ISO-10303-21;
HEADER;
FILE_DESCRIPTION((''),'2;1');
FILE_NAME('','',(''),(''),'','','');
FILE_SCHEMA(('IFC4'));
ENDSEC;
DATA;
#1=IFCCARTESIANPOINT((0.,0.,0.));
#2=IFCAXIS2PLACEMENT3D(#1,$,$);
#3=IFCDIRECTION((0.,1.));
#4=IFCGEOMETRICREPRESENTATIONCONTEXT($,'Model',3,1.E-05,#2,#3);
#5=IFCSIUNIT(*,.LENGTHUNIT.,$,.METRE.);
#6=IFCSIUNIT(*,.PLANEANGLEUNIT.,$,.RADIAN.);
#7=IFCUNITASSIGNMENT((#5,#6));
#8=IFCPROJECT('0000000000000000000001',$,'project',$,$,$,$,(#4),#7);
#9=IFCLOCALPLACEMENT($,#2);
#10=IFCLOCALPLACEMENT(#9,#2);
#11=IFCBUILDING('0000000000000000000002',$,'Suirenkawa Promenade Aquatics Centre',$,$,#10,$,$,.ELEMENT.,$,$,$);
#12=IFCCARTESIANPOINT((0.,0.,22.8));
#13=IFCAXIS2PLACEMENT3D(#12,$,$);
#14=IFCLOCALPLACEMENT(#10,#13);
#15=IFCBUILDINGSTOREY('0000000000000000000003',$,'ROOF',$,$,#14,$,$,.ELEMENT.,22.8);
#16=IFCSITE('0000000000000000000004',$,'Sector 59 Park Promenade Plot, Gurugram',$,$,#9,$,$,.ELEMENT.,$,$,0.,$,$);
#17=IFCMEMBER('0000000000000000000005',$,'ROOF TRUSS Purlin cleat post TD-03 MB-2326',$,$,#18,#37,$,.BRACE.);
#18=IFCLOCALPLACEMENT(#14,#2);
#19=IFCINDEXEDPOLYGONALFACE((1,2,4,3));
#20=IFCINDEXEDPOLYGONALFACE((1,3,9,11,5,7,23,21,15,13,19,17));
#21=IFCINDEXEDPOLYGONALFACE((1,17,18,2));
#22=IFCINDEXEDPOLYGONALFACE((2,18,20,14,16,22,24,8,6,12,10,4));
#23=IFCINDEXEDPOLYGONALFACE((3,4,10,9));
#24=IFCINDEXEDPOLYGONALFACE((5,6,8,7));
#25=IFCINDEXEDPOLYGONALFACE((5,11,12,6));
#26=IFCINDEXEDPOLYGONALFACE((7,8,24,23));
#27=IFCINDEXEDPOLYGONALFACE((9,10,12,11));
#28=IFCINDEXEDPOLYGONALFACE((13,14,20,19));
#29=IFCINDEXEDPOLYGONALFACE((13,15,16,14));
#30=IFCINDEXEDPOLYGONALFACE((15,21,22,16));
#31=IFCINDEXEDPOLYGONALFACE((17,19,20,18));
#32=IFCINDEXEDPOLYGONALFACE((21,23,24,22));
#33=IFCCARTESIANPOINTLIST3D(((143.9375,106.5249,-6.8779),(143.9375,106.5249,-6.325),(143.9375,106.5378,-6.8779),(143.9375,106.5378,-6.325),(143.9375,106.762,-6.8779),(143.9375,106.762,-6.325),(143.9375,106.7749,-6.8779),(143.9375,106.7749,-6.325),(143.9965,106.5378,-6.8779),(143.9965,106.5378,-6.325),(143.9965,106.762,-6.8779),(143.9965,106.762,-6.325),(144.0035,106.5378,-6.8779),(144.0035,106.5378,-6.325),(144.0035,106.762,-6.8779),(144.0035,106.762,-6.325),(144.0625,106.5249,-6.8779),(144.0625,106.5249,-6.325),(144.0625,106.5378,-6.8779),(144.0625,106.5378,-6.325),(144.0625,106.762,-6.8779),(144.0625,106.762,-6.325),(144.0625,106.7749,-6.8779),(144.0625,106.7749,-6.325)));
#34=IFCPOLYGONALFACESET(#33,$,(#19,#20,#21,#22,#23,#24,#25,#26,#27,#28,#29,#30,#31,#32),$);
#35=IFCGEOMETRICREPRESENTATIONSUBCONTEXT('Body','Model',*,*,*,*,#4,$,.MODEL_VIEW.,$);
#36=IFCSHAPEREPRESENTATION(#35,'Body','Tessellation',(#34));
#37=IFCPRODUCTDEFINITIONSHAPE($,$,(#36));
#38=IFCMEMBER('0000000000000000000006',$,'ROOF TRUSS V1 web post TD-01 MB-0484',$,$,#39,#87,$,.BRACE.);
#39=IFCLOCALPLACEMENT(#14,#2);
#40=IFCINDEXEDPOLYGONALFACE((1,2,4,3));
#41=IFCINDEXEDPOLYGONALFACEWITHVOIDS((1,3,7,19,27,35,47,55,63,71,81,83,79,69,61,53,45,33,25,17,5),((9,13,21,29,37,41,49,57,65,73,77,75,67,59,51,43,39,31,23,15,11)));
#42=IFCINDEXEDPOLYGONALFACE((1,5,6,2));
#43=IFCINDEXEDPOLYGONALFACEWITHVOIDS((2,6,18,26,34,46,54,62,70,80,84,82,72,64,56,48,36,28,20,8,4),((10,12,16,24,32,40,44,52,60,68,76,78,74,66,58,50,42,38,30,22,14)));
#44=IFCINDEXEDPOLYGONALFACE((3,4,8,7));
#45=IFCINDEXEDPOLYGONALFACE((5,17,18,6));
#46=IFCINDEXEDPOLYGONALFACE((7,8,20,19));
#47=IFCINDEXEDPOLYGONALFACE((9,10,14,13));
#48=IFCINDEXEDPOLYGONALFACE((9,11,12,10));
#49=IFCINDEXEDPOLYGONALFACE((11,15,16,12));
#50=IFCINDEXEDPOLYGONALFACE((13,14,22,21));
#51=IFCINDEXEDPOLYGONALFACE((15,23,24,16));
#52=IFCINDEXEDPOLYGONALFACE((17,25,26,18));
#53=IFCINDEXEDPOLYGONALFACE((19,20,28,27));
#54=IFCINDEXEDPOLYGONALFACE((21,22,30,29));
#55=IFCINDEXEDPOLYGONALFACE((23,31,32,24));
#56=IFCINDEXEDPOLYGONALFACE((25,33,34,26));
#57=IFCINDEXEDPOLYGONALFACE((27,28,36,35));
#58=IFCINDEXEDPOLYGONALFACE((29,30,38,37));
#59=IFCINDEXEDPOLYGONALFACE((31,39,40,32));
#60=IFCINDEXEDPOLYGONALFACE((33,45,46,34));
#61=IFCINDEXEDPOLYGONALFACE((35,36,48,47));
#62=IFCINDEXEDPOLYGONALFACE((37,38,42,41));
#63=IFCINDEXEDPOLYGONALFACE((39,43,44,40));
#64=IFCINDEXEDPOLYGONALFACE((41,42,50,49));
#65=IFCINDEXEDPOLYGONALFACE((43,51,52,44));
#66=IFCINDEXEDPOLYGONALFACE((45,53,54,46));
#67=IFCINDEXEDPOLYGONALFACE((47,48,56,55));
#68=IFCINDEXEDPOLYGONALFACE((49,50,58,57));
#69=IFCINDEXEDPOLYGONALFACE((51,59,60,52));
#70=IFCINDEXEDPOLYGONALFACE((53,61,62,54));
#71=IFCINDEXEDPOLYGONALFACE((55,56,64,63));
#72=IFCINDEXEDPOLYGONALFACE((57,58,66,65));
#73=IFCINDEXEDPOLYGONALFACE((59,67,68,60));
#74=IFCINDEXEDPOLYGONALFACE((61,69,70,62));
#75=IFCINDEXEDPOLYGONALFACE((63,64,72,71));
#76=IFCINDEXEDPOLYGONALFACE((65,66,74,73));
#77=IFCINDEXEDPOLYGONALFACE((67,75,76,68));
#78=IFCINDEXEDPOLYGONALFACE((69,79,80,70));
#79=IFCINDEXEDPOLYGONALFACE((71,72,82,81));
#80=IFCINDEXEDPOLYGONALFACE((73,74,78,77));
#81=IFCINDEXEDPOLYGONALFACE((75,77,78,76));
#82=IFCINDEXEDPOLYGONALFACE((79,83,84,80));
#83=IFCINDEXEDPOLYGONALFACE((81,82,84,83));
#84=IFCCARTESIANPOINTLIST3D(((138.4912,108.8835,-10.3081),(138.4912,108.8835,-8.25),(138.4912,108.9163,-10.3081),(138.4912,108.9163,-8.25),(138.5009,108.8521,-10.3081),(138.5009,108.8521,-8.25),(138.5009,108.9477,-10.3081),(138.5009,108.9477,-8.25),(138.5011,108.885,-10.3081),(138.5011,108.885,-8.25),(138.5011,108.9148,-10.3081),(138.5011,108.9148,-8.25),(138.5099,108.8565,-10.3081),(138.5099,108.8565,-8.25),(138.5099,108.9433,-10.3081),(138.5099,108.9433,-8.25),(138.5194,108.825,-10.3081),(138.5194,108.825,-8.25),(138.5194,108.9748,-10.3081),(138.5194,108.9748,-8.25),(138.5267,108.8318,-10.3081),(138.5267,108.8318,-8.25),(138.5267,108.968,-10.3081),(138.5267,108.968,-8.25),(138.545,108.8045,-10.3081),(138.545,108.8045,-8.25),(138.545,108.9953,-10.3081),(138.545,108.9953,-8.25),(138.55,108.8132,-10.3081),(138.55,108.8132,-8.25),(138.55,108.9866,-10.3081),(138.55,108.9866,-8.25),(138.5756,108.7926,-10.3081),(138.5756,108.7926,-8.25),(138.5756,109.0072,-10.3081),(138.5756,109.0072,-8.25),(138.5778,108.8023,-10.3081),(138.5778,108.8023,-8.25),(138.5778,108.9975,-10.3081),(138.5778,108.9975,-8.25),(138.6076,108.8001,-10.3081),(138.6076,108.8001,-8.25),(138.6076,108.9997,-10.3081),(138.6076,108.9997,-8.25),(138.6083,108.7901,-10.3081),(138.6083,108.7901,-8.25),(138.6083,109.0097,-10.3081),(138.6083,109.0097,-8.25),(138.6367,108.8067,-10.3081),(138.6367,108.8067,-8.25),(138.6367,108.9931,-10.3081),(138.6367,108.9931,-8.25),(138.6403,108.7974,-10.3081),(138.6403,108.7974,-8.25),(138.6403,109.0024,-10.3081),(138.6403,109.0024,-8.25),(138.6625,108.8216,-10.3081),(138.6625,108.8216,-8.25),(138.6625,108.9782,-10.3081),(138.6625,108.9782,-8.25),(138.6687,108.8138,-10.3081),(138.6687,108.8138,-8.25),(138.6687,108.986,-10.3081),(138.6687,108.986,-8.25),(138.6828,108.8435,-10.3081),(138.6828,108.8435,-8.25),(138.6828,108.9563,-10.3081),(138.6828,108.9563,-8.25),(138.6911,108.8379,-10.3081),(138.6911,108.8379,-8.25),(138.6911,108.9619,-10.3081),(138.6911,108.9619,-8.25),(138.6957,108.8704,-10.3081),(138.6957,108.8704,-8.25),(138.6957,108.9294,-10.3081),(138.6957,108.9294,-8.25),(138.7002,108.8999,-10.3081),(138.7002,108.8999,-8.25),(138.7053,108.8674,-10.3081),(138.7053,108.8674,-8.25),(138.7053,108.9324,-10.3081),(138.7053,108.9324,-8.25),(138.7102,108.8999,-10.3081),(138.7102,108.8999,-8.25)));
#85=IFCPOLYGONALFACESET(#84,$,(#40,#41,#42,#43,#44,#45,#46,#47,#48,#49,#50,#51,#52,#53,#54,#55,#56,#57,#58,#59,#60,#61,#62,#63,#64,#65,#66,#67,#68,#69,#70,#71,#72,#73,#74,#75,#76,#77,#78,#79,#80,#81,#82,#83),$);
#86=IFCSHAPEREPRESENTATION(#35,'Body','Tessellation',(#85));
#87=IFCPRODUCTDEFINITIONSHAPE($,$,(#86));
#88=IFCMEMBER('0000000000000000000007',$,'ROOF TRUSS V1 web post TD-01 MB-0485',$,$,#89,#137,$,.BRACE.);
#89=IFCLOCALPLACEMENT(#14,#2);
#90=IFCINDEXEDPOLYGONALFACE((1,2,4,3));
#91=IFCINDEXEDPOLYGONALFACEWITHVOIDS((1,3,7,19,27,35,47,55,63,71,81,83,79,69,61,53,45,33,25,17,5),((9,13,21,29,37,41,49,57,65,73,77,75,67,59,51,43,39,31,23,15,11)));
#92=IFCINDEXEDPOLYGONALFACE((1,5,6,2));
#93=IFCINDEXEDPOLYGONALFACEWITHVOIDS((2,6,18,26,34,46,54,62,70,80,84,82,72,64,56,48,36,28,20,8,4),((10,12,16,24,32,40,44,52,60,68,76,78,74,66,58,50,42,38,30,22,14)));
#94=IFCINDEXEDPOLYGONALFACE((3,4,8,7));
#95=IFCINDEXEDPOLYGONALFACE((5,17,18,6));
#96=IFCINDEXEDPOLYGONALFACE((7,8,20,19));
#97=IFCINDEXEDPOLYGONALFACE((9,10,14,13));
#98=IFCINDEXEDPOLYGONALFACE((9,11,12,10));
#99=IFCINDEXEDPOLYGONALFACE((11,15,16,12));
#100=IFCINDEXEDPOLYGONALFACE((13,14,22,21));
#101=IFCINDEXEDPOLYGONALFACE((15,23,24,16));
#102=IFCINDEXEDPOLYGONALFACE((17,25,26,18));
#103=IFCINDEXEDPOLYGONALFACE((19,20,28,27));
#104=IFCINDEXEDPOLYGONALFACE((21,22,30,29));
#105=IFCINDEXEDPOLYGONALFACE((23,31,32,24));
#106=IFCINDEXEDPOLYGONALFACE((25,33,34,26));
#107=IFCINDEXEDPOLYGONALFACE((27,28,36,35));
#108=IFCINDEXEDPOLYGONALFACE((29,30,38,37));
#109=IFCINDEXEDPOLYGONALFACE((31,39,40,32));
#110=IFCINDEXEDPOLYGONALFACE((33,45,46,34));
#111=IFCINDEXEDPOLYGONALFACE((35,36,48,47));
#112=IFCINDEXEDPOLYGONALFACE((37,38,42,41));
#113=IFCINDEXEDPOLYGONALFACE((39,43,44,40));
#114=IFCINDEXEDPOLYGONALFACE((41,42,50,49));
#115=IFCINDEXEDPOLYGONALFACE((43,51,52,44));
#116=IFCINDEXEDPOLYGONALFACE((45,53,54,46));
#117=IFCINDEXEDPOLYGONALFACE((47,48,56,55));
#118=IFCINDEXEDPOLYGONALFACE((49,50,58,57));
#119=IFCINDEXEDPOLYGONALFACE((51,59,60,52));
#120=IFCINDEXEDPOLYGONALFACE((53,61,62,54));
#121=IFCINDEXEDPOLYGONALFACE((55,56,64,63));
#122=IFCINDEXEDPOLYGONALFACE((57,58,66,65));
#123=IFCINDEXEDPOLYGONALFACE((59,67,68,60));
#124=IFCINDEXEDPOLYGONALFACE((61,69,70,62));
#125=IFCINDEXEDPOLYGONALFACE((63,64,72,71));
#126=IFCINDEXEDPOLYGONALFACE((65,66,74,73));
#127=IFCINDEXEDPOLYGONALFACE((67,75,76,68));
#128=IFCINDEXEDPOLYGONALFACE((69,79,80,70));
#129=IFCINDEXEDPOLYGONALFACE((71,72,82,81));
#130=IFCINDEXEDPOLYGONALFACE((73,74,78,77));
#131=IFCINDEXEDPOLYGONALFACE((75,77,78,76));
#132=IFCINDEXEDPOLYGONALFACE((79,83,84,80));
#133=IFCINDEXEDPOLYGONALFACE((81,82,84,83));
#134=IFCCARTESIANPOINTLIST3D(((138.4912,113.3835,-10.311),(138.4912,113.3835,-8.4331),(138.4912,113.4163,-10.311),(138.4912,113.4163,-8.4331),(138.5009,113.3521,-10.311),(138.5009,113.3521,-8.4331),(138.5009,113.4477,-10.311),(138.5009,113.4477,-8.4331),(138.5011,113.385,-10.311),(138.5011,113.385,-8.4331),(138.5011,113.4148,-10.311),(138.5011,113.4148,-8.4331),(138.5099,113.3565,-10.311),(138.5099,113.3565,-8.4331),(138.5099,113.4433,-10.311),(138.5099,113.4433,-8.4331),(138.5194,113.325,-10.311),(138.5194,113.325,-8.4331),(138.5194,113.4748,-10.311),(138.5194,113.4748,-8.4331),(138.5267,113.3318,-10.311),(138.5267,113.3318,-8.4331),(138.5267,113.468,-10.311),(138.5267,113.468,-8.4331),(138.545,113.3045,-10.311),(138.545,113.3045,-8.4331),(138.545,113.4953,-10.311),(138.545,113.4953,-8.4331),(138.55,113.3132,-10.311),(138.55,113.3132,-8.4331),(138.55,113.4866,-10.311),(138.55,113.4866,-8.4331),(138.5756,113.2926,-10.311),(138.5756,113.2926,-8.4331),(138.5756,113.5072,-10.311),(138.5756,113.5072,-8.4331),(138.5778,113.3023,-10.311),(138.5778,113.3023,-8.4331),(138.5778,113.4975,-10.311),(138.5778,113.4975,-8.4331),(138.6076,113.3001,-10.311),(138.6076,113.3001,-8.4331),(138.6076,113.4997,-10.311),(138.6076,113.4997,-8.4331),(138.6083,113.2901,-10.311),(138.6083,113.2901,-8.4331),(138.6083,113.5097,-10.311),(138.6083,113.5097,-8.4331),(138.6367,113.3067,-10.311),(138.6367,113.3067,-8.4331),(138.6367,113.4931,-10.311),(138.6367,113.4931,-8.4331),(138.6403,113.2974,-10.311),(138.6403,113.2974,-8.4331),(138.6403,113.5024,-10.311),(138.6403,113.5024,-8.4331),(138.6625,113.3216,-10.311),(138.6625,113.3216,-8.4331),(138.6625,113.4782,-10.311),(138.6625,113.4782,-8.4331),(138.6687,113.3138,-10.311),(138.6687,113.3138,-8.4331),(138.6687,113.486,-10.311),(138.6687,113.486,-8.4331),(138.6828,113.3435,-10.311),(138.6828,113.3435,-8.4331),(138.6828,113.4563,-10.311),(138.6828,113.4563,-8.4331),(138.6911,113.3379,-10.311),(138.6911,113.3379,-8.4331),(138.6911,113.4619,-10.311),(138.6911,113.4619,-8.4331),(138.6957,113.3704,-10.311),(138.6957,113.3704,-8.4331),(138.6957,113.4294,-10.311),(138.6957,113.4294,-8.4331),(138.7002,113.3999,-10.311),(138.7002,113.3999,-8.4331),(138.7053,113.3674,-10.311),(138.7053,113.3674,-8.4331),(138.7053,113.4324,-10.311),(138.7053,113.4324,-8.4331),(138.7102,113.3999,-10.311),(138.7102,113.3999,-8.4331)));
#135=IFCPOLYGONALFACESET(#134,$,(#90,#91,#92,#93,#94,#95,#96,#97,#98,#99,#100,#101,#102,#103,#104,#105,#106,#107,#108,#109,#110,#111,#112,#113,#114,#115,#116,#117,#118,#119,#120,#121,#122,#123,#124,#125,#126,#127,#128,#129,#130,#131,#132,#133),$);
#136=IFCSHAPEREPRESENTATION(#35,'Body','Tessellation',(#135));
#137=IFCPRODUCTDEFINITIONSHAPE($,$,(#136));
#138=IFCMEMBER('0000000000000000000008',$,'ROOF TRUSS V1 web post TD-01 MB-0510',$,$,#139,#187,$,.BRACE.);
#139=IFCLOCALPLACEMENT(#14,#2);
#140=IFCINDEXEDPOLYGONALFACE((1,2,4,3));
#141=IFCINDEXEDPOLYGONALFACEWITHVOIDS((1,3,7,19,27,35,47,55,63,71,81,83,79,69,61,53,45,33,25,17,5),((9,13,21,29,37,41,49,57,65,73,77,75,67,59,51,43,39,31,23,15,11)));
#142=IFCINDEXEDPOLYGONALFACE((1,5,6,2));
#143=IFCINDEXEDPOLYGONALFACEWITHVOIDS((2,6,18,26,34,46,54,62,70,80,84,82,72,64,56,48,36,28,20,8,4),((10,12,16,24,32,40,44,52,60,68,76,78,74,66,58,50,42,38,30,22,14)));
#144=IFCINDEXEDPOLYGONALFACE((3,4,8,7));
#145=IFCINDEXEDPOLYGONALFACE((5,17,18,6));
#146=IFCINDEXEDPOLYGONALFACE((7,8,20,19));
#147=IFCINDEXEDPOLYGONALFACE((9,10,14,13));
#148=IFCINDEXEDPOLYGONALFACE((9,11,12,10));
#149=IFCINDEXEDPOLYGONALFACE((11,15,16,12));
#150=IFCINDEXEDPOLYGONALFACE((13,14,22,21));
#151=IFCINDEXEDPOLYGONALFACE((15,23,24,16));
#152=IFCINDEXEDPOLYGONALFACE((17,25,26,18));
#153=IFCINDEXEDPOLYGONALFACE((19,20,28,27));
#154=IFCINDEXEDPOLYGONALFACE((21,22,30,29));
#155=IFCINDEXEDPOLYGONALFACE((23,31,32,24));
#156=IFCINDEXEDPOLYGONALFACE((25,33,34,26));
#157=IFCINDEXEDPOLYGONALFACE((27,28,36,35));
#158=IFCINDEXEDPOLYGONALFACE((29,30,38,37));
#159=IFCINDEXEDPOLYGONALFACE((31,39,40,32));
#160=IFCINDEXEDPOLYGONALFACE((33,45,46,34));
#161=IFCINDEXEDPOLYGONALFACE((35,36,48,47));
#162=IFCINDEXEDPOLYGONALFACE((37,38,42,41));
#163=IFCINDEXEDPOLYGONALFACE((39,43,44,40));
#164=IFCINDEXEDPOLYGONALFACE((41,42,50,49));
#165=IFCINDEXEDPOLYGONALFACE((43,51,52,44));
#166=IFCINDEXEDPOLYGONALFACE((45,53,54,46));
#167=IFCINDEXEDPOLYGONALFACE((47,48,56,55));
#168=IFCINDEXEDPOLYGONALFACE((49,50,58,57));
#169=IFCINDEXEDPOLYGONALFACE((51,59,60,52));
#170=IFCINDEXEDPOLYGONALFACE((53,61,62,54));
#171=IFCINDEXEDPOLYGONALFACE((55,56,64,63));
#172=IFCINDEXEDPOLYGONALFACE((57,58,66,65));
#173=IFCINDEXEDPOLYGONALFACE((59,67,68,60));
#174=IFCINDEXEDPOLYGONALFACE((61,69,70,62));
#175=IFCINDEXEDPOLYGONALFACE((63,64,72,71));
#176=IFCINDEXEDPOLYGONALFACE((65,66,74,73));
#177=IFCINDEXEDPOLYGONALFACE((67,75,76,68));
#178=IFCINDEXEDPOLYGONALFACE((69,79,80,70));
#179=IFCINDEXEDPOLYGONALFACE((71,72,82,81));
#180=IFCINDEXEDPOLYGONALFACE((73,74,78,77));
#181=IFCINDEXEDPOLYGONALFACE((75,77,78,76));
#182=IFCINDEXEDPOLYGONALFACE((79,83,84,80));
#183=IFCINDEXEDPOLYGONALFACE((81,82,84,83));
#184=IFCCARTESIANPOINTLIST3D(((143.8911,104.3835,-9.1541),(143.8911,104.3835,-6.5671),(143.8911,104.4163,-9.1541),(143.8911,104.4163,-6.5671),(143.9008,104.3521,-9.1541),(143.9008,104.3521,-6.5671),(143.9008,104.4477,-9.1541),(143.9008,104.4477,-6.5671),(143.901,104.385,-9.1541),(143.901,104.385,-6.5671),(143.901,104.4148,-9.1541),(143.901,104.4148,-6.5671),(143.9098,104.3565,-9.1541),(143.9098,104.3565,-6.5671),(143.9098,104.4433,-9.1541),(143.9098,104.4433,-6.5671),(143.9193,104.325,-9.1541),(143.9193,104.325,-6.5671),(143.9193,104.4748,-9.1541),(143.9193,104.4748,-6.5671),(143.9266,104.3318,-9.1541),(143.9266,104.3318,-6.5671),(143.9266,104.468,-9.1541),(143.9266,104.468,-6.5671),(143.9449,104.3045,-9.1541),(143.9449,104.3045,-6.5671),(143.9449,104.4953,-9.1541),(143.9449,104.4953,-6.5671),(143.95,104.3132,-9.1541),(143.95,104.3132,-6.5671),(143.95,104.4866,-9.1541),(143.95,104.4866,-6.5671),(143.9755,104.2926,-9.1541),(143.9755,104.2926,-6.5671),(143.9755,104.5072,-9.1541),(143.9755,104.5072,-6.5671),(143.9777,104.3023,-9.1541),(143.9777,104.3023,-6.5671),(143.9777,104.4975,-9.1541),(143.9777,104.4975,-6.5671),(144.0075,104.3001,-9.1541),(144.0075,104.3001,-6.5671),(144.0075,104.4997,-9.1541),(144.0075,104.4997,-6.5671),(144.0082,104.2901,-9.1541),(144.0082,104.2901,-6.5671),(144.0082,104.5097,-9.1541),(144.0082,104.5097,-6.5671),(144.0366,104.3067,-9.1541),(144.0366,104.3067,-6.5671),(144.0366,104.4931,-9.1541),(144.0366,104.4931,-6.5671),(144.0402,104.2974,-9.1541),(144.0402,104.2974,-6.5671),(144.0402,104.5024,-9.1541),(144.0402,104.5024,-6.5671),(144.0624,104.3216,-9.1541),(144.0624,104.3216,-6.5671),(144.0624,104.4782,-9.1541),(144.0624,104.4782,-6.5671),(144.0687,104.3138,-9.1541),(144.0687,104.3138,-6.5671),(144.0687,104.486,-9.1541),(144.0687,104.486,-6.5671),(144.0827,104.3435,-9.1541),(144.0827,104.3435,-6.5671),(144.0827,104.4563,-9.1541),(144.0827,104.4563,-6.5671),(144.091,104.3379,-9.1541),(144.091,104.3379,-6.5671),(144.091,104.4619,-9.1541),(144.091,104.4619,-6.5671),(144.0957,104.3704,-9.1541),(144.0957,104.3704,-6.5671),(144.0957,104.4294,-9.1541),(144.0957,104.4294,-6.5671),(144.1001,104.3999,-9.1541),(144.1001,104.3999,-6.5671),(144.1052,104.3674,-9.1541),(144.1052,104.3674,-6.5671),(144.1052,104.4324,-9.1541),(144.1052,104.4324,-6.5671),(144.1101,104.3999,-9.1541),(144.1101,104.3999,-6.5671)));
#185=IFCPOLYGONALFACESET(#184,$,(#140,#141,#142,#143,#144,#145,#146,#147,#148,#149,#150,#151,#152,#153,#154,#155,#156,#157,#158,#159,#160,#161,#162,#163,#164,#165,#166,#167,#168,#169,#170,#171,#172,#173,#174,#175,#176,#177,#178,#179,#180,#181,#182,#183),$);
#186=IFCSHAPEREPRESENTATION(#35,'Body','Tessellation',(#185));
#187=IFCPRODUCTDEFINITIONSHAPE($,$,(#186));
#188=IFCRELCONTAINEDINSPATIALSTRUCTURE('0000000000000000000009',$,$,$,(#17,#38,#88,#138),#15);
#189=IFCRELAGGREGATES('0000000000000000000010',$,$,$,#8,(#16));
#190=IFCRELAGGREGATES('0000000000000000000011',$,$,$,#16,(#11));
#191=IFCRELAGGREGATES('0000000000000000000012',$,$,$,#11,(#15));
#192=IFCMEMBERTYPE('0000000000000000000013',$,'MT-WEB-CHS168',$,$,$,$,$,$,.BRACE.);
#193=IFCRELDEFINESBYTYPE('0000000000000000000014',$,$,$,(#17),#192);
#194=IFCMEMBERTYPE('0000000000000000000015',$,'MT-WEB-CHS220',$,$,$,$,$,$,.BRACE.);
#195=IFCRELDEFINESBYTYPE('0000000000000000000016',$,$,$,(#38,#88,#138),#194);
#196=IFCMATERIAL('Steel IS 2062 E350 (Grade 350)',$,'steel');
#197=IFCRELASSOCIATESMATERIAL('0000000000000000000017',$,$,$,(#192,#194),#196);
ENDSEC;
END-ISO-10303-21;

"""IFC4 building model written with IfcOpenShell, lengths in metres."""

from ifc_helpers import new_model, si_unit, direction, frame, origin, origin_2d, place, context, subcontext, project, spatial, hollow_circle, i_section, extrude, material, material_profile, profile_set, type_object, element, save


model = new_model("IFC4")

# Units and contexts
model_context = context("Model", 3, precision=1e-05, world=origin(), true_north=direction((0.0, 1.0)))
body_context = subcontext(model_context, "Body", "Model", "MODEL_VIEW")
ifc_project = project(units=[si_unit("LENGTHUNIT", "METRE"), si_unit("PLANEANGLEUNIT", "RADIAN")], contexts=[model_context])

# Site, building, storey
site_placement = place(None, origin())
site = spatial("IfcSite", under=ifc_project, at=site_placement, Name="Sector 59 Park Promenade Plot, Gurugram", CompositionType="ELEMENT", RefElevation=0.0)
building_placement = place(site_placement, origin())
building = spatial("IfcBuilding", under=site, at=building_placement, Name="Suirenkawa Promenade Aquatics Centre", CompositionType="ELEMENT")
storey_placement = place(building_placement, frame((0.0, 0.0, 22.8)))
storey = spatial("IfcBuildingStorey", under=building, at=storey_placement, Name="ROOF", CompositionType="ELEMENT", Elevation=22.8)

# Shared definitions
ifc_material = material(Name="Steel IS 2062 E350 (Grade 350)", Category="steel")

# Members
ifc_material_profile_1 = material_profile(ifc_material, i_section(OverallWidth=0.125, OverallDepth=0.25, WebThickness=0.0071, FlangeThickness=0.0129, at=origin_2d()), Name="ISMB 250", Category="steel")
ifc_profile_set_1 = profile_set([ifc_material_profile_1], Name="Steel IS 2062 E350 (Grade 350)")
member_type_1 = type_object("IfcMemberType", Name="MT-WEB-CHS168", PredefinedType="BRACE", material=ifc_profile_set_1)
member_1_placement = place(storey_placement, frame((144.0, 106.6499, -6.8779), z_axis=(0.0, 0.0, 1.0), x_axis=(1.0, 0.0, 0.0)))
element("IfcMember", 1, at=member_1_placement, inside=storey, type_object=member_type_1, Name="ROOF TRUSS Purlin cleat post TD-03 MB-2326", PredefinedType="BRACE", context=body_context, shape_type="SweptSolid", body=[
    extrude(i_section(OverallWidth=0.125, OverallDepth=0.25, WebThickness=0.0071, FlangeThickness=0.0129, at=origin_2d()), origin(), (0.0, 0.0, 1.0), 0.553),
])
ifc_material_profile_2 = material_profile(ifc_material, hollow_circle(Radius=0.1101, WallThickness=0.01, at=origin_2d()), Name="CHS 220x10", Category="steel")
ifc_profile_set_2 = profile_set([ifc_material_profile_2], Name="Steel IS 2062 E350 (Grade 350)")
member_type_2 = type_object("IfcMemberType", Name="MT-WEB-CHS220", PredefinedType="BRACE", material=ifc_profile_set_2)
member_2_placement = place(storey_placement, frame((138.6001, 108.8999, -10.3081), z_axis=(0.0, 0.0, 1.0), x_axis=(1.0, 0.0, 0.0)))
element("IfcMember", 2, at=member_2_placement, inside=storey, type_object=member_type_2, Name="ROOF TRUSS V1 web post TD-01 MB-0484", PredefinedType="BRACE", context=body_context, shape_type="SweptSolid", body=[
    extrude(hollow_circle(Radius=0.1101, WallThickness=0.01, at=origin_2d()), origin(), (0.0, 0.0, 1.0), 2.0581),
])
member_3_placement = place(storey_placement, frame((138.6001, 113.3999, -10.311), z_axis=(0.0, 0.0, 1.0), x_axis=(1.0, 0.0, 0.0)))
element("IfcMember", 3, at=member_3_placement, inside=storey, type_object=member_type_2, Name="ROOF TRUSS V1 web post TD-01 MB-0485", PredefinedType="BRACE", context=body_context, shape_type="SweptSolid", body=[
    extrude(hollow_circle(Radius=0.1101, WallThickness=0.01, at=origin_2d()), origin(), (0.0, 0.0, 1.0), 1.8779),
])
member_4_placement = place(storey_placement, frame((144.0, 104.3999, -9.1541), z_axis=(0.0, 0.0, 1.0), x_axis=(1.0, 0.0, 0.0)))
element("IfcMember", 4, at=member_4_placement, inside=storey, type_object=member_type_2, Name="ROOF TRUSS V1 web post TD-01 MB-0510", PredefinedType="BRACE", context=body_context, shape_type="SweptSolid", body=[
    extrude(hollow_circle(Radius=0.1101, WallThickness=0.01, at=origin_2d()), origin(), (0.0, 0.0, 1.0), 2.5869),
])

save(model, "model.ifc")
